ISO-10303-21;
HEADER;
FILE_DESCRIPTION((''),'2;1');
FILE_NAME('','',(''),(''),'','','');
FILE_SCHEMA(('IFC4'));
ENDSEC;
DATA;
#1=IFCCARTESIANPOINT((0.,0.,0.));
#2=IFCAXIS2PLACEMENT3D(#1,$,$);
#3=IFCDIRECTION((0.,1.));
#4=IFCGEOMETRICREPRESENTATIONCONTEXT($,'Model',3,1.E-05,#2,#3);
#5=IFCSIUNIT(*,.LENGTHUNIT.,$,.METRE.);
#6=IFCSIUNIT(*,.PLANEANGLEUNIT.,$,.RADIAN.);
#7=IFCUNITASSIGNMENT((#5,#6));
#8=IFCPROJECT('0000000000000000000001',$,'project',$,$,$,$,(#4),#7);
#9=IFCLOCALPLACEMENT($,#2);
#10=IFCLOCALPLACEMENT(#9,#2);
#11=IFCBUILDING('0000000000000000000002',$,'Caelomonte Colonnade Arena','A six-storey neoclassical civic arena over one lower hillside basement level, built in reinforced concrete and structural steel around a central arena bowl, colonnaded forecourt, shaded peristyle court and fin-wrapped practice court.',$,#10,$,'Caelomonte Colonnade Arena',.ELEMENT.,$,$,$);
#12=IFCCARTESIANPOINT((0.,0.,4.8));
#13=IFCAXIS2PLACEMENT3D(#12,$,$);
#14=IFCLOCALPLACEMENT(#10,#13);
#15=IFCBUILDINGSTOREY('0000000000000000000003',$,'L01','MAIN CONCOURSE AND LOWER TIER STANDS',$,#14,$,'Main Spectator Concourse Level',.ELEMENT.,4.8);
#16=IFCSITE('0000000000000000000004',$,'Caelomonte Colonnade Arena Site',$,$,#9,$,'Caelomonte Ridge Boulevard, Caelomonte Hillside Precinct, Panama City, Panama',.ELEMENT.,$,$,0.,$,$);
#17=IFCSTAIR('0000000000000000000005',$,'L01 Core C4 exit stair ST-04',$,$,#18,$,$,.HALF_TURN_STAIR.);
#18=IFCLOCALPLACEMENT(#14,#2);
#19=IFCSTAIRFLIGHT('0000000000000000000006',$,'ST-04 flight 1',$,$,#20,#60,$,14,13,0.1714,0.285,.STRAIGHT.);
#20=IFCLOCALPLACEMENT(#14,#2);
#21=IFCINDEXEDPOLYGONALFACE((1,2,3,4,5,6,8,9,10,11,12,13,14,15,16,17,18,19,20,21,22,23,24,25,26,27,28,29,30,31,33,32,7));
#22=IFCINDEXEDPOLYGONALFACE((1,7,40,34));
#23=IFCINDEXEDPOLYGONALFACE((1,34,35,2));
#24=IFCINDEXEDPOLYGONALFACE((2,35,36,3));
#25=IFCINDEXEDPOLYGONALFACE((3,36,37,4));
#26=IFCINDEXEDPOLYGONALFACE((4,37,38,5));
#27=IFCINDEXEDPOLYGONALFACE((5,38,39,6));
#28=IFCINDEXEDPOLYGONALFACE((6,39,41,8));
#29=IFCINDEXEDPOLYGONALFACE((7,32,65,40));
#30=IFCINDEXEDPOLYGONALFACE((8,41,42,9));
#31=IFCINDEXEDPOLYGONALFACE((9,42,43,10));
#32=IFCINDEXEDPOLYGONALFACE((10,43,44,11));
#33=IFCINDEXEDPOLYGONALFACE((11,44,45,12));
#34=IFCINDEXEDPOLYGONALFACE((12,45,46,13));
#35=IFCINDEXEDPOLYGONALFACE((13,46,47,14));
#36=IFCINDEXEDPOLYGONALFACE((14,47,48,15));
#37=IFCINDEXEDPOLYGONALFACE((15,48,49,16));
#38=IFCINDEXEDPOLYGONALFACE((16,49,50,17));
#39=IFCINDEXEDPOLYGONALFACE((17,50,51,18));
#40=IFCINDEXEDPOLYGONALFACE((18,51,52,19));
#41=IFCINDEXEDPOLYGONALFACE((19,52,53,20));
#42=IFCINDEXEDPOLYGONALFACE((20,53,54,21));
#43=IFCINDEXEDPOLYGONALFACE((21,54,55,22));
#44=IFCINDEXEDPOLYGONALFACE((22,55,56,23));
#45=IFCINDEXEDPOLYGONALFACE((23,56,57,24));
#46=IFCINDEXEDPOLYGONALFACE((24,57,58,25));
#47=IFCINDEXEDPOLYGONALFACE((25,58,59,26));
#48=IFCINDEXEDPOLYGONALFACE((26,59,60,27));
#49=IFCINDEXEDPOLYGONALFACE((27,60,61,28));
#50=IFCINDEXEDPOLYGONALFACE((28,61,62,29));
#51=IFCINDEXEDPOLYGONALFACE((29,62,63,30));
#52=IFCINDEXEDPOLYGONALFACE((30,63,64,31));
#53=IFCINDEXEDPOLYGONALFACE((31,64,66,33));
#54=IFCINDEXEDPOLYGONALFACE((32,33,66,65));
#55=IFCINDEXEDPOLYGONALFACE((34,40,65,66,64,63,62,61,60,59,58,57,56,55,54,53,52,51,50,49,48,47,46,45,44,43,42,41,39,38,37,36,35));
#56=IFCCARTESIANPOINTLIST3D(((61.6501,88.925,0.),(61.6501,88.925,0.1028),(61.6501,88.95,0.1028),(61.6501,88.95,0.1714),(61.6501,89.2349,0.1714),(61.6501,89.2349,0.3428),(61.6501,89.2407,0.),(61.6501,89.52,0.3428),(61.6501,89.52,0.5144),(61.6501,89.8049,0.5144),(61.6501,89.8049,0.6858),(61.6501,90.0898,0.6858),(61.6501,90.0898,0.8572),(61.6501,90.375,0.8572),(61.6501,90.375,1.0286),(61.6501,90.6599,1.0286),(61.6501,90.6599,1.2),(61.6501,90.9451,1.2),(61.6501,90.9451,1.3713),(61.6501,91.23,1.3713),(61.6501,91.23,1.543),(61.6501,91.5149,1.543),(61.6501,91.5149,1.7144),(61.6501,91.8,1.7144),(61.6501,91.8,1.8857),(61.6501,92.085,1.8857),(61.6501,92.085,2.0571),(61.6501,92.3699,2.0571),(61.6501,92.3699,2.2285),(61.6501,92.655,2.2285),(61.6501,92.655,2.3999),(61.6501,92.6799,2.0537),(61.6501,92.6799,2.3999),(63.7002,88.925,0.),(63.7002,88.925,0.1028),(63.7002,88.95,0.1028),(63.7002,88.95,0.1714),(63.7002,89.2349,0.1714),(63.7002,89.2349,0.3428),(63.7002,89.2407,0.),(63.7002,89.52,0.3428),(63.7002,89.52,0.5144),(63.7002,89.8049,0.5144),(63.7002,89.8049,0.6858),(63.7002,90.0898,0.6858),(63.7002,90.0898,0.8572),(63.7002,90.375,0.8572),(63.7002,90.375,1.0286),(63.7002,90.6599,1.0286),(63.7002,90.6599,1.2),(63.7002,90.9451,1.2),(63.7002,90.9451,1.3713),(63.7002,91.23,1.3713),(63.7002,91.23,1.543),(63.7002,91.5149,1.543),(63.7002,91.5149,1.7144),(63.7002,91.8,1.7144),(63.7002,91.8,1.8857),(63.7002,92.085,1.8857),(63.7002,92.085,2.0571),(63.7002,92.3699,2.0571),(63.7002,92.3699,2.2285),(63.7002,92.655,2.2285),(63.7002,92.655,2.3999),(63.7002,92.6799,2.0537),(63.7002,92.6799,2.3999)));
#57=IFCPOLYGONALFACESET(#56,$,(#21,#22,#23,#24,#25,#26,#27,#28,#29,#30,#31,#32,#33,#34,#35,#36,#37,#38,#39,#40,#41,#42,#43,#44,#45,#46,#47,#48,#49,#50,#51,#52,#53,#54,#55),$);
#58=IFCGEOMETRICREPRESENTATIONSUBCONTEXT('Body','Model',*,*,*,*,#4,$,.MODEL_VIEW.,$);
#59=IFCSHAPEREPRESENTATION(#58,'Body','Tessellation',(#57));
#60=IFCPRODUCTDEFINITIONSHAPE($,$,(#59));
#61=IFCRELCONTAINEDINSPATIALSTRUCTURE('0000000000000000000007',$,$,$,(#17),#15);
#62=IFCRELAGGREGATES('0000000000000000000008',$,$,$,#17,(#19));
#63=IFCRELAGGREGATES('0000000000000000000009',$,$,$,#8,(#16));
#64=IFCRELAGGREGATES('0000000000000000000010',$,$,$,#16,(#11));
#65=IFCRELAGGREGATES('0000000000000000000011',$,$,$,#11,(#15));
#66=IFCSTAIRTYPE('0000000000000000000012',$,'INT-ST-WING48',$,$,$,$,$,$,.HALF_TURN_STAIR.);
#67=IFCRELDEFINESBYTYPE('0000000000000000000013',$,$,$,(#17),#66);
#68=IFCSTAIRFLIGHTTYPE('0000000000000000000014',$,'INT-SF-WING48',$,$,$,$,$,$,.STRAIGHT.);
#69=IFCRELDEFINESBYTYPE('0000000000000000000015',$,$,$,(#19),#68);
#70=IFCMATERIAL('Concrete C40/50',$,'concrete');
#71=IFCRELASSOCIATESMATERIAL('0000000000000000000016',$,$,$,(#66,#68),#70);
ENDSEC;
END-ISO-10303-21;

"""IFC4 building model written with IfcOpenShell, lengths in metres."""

from ifc_helpers import new_model, si_unit, direction, frame, origin, place, context, subcontext, project, spatial, polyline, outline, extrude, material, type_object, element, aggregate, save


model = new_model("IFC4")

# Units and contexts
model_context = context("Model", 3, precision=1e-05, world=origin(), true_north=direction((0.0, 1.0)))
body_context = subcontext(model_context, "Body", "Model", "MODEL_VIEW")
ifc_project = project(units=[si_unit("LENGTHUNIT", "METRE"), si_unit("PLANEANGLEUNIT", "RADIAN")], contexts=[model_context])

# Site, building, storey
site_placement = place(None, origin())
site = spatial("IfcSite", under=ifc_project, at=site_placement, Name="Caelomonte Colonnade Arena Site", LongName="Caelomonte Ridge Boulevard, Caelomonte Hillside Precinct, Panama City, Panama", CompositionType="ELEMENT", RefElevation=0.0)
building_placement = place(site_placement, origin())
building = spatial("IfcBuilding", under=site, at=building_placement, Name="Caelomonte Colonnade Arena", Description="A six-storey neoclassical civic arena over one lower hillside basement level, built in reinforced concrete and structural steel around a central arena bowl, colonnaded forecourt, shaded peristyle court and fin-wrapped practice court.", LongName="Caelomonte Colonnade Arena", CompositionType="ELEMENT")
storey_placement = place(building_placement, frame((0.0, 0.0, 4.8)))
storey = spatial("IfcBuildingStorey", under=building, at=storey_placement, Name="L01", Description="MAIN CONCOURSE AND LOWER TIER STANDS", LongName="Main Spectator Concourse Level", CompositionType="ELEMENT", Elevation=4.8)

# Shared definitions
ifc_material_1 = material(Name="Concrete C40/50", Category="concrete")

# Stair, stair flight
stair_type = type_object("IfcStairType", Name="INT-ST-WING48", PredefinedType="HALF_TURN_STAIR", material=ifc_material_1)
stair_placement = place(storey_placement, origin())
stair = element("IfcStair", 1, at=stair_placement, inside=storey, type_object=stair_type, Name="L01 Core C4 exit stair ST-04", PredefinedType="HALF_TURN_STAIR")
stair_flight_type = type_object("IfcStairFlightType", Name="INT-SF-WING48", PredefinedType="STRAIGHT", material=ifc_material_1)
stair_flight_placement = place(storey_placement, frame((62.675, 88.95, 0.0), z_axis=(0.0, 0.0, 1.0), x_axis=(0.0, 1.0, 0.0)))
stair_flight = element("IfcStairFlight", 2, at=stair_flight_placement, type_object=stair_flight_type, Name="ST-04 flight 1", NumberOfRisers=14, NumberOfTreads=13, PredefinedType="STRAIGHT", RiserHeight=0.1714, TreadLength=0.285, context=body_context, shape_type="SweptSolid", body=[
    extrude(outline(polyline([(-0.0249, 0.0), (-0.0249, 0.1028), (0.0, 0.1028), (0.0, 0.1714), (0.2849, 0.1714), (0.2849, 0.3428), (0.5701, 0.3428), (0.5701, 0.5144), (0.855, 0.5144), (0.855, 0.6858), (1.1399, 0.6858), (1.1399, 0.8572), (1.425, 0.8572), (1.425, 1.0286), (1.71, 1.0286), (1.71, 1.2), (1.9951, 1.2), (1.9951, 1.3713), (2.28, 1.3713), (2.28, 1.543), (2.5649, 1.543), (2.5649, 1.7144), (2.8501, 1.7144), (2.8501, 1.8857), (3.135, 1.8857), (3.135, 2.0571), (3.4199, 2.0571), (3.4199, 2.2285), (3.7051, 2.2285), (3.7051, 2.3999), (3.73, 2.3999), (3.73, 2.0537), (0.2908, 0.0), (-0.0249, 0.0)])), frame((0.0, 1.0249, 0.0), z_axis=(0.0, -1.0, 0.0), x_axis=(1.0, 0.0, 0.0)), (0.0, 0.0, 1.0), 2.05),
])
aggregate(stair, [stair_flight])

save(model, "model.ifc")
